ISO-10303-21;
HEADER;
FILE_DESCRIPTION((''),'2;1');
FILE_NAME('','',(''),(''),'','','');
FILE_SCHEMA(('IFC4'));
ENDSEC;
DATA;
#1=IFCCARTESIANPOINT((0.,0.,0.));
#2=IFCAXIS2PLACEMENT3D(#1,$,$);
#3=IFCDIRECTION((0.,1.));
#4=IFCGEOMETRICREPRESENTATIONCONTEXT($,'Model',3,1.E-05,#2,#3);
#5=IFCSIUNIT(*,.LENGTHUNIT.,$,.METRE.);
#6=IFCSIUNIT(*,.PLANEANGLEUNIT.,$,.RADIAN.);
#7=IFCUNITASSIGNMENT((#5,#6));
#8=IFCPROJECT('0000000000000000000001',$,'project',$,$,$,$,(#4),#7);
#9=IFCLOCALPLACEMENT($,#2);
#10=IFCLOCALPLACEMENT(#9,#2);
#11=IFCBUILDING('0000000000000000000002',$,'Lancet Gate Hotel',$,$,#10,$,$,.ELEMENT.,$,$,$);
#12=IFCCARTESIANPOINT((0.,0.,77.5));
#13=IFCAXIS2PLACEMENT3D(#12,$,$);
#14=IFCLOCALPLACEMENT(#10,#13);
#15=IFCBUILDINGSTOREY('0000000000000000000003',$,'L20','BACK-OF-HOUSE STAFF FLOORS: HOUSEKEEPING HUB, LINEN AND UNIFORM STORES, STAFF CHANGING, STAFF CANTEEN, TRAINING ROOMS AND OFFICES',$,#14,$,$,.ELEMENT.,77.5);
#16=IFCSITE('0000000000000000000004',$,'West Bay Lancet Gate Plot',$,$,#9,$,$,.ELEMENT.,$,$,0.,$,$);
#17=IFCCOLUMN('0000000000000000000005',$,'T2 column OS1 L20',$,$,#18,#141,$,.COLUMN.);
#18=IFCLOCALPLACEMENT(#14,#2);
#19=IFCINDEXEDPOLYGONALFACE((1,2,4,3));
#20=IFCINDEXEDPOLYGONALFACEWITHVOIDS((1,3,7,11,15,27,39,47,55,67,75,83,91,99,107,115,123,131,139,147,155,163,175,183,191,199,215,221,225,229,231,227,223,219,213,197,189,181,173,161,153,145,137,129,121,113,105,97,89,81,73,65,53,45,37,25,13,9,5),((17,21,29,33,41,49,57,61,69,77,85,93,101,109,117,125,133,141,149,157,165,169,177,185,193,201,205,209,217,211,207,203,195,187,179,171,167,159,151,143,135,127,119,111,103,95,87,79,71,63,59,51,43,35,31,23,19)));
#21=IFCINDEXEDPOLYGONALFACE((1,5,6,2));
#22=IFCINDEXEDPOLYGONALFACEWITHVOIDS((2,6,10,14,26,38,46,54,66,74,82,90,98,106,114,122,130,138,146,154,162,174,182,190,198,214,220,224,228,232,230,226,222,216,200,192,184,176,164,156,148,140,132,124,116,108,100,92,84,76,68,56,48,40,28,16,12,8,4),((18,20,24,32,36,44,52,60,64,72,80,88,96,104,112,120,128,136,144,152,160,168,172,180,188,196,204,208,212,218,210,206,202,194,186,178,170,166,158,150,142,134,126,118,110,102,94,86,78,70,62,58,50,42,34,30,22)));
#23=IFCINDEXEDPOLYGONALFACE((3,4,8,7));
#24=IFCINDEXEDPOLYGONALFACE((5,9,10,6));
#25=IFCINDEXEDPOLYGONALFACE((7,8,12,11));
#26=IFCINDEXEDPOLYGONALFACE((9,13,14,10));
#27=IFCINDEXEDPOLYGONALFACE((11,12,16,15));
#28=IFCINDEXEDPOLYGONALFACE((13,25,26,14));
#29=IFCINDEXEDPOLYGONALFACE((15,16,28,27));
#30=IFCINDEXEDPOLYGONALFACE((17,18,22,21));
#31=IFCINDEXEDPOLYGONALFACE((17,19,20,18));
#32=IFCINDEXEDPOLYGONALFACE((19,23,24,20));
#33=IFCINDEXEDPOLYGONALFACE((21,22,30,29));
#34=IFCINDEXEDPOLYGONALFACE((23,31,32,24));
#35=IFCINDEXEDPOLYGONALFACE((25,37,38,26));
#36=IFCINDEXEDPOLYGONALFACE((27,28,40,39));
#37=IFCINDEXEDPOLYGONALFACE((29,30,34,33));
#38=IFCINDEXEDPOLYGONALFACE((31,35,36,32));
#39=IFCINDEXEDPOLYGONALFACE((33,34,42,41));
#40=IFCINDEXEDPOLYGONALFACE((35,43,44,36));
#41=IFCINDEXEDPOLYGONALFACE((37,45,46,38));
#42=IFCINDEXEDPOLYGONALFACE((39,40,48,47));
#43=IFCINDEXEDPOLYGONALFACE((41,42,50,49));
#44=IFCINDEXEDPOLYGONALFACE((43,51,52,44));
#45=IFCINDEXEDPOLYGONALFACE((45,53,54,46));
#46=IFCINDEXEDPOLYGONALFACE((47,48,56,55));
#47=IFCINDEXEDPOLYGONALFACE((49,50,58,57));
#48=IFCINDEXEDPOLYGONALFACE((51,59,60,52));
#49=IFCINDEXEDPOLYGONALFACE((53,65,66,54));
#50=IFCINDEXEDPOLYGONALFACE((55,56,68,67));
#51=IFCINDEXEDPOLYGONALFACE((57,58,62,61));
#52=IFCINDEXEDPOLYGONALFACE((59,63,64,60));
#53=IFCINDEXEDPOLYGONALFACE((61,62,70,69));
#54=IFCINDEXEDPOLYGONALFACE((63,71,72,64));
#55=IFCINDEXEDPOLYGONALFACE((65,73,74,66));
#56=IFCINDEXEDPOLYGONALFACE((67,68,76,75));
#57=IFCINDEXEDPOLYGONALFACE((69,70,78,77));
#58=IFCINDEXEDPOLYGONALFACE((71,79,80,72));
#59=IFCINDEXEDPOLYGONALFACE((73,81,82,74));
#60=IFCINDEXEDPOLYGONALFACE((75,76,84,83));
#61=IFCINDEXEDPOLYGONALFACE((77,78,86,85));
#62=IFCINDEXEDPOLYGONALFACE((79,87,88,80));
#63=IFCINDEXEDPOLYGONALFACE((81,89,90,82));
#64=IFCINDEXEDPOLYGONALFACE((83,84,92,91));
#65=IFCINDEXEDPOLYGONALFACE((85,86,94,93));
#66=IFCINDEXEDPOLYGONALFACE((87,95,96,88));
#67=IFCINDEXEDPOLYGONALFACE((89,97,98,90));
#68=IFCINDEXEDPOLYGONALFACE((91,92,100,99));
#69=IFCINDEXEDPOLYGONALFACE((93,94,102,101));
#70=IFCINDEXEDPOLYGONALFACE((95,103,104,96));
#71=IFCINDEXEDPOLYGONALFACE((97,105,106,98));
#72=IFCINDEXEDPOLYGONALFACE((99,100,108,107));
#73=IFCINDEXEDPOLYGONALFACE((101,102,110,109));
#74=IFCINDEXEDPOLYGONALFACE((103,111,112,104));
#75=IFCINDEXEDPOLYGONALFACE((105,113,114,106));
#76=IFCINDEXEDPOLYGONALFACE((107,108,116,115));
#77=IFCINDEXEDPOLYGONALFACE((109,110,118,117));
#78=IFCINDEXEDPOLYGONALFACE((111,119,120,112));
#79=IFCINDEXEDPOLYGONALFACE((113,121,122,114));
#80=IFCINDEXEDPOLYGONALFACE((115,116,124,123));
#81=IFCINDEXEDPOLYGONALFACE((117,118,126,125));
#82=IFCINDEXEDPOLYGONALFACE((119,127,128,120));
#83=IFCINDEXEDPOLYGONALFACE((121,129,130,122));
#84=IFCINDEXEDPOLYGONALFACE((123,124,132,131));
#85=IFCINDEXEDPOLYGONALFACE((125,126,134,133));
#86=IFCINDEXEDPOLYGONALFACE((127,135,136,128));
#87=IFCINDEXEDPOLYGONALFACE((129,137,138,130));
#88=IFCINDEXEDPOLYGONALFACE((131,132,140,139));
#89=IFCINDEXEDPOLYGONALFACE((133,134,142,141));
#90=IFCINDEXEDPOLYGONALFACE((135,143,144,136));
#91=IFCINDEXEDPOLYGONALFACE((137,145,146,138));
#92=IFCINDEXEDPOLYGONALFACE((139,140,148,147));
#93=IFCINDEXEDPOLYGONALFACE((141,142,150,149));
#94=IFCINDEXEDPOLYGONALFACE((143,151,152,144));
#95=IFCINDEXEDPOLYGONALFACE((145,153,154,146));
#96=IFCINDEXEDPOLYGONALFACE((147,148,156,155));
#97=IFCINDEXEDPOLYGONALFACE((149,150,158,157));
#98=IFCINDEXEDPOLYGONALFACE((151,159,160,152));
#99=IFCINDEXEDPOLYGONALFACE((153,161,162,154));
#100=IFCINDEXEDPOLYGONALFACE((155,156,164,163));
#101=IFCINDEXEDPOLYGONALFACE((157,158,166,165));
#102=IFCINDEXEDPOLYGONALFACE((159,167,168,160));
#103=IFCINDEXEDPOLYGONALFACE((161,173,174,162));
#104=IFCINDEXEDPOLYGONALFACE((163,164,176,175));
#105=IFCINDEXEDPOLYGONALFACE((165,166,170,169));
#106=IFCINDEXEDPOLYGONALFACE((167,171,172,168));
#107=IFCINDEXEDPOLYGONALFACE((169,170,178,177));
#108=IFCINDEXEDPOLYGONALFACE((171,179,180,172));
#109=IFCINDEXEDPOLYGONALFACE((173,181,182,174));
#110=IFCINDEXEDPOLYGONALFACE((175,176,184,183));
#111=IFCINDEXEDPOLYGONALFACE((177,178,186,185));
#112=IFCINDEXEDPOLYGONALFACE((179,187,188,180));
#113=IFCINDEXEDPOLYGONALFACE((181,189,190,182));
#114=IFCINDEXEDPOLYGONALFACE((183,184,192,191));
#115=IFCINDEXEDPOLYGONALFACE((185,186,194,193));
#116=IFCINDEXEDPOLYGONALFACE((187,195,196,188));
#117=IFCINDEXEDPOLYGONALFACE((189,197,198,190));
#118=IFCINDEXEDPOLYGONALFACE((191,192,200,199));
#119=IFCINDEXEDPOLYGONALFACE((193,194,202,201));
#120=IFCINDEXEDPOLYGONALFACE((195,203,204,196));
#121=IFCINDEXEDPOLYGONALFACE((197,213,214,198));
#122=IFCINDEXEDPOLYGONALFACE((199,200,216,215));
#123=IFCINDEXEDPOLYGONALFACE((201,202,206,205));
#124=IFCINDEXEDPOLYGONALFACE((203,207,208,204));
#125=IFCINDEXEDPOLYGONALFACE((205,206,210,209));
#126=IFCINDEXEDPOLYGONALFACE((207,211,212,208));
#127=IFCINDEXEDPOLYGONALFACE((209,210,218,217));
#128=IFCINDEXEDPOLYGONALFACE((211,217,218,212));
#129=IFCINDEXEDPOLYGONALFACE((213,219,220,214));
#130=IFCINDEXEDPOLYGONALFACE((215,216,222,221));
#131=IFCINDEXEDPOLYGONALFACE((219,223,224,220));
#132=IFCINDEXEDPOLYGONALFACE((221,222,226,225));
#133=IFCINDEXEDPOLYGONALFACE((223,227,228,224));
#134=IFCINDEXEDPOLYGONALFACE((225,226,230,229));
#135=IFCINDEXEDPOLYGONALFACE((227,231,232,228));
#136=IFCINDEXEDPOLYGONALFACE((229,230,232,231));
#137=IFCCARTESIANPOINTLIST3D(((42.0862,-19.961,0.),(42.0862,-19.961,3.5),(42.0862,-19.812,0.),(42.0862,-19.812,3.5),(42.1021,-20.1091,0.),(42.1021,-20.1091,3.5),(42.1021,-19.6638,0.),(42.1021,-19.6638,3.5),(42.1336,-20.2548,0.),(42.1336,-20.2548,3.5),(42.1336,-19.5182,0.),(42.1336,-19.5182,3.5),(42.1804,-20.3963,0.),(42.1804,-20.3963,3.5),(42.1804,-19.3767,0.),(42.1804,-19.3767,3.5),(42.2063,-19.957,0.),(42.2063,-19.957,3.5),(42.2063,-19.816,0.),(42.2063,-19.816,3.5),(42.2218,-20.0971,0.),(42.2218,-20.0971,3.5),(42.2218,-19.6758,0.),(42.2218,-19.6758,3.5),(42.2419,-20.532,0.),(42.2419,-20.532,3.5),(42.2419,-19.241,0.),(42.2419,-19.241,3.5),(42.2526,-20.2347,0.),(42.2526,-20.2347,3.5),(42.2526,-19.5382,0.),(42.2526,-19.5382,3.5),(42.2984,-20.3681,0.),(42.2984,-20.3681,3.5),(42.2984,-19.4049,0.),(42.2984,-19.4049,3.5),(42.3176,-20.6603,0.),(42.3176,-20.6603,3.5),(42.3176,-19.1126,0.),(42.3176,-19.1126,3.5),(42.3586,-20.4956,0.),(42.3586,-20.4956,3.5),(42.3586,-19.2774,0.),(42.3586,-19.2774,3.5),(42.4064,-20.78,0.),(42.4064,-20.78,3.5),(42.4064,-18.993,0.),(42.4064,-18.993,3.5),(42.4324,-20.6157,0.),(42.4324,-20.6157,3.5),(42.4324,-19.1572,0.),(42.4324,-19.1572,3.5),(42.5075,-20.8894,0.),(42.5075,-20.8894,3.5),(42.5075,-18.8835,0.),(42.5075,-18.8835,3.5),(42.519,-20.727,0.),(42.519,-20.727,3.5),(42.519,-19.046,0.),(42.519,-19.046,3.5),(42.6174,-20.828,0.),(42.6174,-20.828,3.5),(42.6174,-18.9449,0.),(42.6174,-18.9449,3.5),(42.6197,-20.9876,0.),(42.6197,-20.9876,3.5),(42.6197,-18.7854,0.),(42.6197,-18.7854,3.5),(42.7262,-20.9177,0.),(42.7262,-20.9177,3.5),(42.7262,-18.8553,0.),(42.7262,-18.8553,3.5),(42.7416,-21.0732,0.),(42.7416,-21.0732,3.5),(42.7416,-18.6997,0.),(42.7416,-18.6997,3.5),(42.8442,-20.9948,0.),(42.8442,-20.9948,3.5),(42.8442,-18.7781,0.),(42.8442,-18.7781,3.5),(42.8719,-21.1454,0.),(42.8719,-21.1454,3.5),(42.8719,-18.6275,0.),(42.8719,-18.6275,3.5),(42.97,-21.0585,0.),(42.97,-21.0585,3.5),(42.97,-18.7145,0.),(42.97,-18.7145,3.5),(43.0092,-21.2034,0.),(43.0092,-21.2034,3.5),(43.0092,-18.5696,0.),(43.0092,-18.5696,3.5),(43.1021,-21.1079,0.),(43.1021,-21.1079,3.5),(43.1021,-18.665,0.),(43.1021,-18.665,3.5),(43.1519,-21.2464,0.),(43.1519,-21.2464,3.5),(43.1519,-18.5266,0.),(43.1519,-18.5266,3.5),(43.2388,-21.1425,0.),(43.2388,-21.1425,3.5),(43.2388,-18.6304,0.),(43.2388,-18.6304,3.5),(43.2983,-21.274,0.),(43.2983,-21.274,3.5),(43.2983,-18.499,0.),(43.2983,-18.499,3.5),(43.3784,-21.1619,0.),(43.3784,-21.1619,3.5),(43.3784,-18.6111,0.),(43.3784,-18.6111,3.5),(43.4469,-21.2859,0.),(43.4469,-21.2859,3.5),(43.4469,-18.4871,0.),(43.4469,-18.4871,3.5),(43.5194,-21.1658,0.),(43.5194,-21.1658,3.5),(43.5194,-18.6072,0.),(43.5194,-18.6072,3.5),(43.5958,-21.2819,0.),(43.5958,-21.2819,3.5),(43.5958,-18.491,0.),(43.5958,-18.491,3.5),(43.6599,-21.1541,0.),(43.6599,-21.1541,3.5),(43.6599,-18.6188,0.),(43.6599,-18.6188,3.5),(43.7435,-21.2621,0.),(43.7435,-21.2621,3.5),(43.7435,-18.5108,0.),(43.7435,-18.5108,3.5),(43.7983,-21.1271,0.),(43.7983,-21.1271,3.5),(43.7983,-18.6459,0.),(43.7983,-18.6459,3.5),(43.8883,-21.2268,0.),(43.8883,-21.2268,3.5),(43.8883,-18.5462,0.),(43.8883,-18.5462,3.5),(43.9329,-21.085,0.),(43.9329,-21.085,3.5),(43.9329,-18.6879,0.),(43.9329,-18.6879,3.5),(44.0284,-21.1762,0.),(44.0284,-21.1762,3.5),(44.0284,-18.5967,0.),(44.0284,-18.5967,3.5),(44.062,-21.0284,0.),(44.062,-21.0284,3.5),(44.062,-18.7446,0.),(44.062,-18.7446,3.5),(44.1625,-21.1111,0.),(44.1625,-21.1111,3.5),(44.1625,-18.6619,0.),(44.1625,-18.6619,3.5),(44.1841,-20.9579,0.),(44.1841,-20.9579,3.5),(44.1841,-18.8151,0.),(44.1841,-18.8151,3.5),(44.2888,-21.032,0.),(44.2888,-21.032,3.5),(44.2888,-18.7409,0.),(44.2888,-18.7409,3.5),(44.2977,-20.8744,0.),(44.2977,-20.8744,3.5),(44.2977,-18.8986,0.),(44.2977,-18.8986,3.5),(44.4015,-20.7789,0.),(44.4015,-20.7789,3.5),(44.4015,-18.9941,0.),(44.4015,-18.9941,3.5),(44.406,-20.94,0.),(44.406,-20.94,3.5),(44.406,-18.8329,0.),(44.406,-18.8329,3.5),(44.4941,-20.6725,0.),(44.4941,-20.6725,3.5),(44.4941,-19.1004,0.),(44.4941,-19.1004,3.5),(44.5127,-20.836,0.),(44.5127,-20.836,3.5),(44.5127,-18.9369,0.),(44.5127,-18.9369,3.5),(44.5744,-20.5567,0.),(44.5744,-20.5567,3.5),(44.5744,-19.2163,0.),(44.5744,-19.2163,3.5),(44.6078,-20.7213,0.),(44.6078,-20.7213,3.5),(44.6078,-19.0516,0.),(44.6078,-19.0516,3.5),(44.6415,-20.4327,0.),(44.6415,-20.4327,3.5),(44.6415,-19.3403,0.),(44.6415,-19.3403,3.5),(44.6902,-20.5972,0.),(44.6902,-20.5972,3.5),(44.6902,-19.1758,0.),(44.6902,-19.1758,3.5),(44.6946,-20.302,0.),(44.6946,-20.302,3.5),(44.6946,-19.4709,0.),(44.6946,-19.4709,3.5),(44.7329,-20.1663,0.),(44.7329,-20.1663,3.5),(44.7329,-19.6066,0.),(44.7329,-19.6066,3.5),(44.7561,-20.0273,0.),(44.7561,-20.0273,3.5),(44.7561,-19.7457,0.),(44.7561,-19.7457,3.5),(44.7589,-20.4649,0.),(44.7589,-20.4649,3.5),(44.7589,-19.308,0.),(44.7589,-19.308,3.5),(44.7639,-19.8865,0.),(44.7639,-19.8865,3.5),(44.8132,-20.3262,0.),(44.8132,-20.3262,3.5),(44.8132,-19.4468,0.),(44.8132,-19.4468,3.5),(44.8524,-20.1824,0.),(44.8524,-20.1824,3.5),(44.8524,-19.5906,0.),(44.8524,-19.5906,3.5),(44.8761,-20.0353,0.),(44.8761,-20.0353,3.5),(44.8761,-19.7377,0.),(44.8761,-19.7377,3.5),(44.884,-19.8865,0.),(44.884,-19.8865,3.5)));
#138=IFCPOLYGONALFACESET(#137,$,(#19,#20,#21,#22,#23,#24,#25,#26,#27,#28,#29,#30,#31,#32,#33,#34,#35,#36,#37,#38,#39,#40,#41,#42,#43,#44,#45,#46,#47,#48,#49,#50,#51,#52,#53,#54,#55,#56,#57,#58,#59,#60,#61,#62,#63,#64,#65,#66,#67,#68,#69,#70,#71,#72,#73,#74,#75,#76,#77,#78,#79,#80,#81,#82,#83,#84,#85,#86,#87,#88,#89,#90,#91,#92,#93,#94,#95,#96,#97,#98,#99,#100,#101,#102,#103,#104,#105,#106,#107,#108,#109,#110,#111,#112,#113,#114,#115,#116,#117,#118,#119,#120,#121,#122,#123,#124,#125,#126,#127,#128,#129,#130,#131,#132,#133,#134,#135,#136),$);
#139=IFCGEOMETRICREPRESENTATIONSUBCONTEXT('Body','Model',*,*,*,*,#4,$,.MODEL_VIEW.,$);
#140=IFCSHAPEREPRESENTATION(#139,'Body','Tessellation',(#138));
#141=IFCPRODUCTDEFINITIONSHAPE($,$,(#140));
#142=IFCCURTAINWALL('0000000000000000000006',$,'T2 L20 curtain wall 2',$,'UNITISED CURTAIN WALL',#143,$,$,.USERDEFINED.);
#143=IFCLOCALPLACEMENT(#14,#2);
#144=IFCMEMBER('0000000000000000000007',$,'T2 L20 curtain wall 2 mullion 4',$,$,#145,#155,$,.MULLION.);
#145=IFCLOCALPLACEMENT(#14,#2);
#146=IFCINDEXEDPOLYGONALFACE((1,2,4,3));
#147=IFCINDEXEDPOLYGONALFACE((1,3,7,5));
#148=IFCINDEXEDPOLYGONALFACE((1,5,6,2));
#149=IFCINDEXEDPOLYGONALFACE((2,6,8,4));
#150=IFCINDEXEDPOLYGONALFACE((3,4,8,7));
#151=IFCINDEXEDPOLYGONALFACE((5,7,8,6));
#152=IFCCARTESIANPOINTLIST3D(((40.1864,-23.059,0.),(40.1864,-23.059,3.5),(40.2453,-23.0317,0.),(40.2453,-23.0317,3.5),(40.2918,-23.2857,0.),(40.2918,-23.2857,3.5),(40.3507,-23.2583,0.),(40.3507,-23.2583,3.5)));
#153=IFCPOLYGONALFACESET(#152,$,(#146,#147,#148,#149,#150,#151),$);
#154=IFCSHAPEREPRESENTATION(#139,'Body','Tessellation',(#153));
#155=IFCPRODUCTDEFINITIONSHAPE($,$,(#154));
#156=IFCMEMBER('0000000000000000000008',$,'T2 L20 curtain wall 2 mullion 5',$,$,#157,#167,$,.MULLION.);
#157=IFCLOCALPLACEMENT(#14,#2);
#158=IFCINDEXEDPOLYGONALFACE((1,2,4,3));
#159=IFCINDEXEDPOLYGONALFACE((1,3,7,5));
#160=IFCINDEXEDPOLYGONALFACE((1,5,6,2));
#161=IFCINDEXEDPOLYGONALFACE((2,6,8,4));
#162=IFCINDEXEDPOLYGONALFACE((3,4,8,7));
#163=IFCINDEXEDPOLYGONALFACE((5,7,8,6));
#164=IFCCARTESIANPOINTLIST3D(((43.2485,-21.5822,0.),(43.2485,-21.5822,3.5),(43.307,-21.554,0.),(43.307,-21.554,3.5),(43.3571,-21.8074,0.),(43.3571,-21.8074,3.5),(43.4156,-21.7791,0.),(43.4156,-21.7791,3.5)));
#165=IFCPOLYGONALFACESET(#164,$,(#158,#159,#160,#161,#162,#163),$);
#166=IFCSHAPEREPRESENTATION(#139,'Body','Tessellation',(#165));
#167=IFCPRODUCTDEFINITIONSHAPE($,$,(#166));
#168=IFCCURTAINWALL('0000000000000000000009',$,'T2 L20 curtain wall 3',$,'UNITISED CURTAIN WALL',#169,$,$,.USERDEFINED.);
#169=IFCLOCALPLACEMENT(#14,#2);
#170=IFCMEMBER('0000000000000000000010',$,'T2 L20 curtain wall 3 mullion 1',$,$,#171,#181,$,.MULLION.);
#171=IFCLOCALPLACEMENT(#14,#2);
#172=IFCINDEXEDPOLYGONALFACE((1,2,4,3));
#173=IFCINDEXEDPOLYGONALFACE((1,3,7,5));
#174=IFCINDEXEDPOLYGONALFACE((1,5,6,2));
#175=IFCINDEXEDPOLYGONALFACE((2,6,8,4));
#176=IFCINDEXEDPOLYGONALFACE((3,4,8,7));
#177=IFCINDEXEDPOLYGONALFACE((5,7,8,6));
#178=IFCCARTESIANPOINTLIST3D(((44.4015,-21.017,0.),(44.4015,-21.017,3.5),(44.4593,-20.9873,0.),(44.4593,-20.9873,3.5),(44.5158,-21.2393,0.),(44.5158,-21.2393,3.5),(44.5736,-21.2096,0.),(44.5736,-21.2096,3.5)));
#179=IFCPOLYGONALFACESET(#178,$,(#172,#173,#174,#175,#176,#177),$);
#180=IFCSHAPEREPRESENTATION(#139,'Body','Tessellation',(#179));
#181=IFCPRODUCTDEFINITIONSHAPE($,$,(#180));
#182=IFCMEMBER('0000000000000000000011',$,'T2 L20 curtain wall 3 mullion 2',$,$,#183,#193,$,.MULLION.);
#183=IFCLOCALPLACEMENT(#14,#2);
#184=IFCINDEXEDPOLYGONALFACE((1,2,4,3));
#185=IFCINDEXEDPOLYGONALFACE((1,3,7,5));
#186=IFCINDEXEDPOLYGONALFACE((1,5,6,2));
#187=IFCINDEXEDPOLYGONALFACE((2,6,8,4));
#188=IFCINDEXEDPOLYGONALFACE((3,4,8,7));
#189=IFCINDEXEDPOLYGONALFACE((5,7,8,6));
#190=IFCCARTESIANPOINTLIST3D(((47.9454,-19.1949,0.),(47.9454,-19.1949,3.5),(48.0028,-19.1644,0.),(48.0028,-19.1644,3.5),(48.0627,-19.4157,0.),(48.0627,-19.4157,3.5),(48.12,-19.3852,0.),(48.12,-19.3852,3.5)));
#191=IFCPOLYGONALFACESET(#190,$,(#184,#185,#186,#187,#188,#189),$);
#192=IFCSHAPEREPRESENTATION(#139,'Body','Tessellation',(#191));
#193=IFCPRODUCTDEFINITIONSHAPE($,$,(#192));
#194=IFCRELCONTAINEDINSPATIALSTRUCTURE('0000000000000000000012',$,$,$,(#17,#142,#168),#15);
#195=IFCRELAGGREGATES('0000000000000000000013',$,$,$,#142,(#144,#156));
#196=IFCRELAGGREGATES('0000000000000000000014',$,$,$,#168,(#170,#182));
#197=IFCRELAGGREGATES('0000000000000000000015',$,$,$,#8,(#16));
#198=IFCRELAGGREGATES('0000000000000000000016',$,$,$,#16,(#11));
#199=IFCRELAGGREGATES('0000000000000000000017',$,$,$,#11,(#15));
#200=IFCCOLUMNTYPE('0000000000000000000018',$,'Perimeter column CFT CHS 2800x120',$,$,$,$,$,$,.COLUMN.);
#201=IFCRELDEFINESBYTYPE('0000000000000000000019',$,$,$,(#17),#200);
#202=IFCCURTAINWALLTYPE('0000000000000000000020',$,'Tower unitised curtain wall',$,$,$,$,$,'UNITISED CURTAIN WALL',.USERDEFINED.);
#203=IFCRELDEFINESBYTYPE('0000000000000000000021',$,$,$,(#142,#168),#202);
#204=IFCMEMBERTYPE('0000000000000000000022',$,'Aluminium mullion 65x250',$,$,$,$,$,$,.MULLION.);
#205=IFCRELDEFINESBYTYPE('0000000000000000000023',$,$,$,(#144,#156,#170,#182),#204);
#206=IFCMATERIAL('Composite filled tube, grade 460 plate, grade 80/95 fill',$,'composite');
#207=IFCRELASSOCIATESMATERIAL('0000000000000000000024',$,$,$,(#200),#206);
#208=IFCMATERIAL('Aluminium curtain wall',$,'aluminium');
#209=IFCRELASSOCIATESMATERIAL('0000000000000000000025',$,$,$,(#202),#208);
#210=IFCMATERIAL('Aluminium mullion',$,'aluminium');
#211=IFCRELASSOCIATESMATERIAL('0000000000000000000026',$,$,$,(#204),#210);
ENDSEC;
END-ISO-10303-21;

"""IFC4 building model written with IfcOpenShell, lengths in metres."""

from ifc_helpers import new_model, si_unit, direction, frame, origin, origin_2d, place, context, subcontext, project, spatial, rectangle, hollow_circle, extrude, material, material_profile, profile_set, type_object, element, aggregate, save


model = new_model("IFC4")

# Units and contexts
model_context = context("Model", 3, precision=1e-05, world=origin(), true_north=direction((0.0, 1.0)))
body_context = subcontext(model_context, "Body", "Model", "MODEL_VIEW")
ifc_project = project(units=[si_unit("LENGTHUNIT", "METRE"), si_unit("PLANEANGLEUNIT", "RADIAN")], contexts=[model_context])

# Site, building, storey
site_placement = place(None, origin())
site = spatial("IfcSite", under=ifc_project, at=site_placement, Name="West Bay Lancet Gate Plot", CompositionType="ELEMENT", RefElevation=0.0)
building_placement = place(site_placement, origin())
building = spatial("IfcBuilding", under=site, at=building_placement, Name="Lancet Gate Hotel", CompositionType="ELEMENT")
storey_placement = place(building_placement, frame((0.0, 0.0, 77.5)))
storey = spatial("IfcBuildingStorey", under=building, at=storey_placement, Name="L20", Description="BACK-OF-HOUSE STAFF FLOORS: HOUSEKEEPING HUB, LINEN AND UNIFORM STORES, STAFF CHANGING, STAFF CANTEEN, TRAINING ROOMS AND OFFICES", CompositionType="ELEMENT", Elevation=77.5)

# Column
ifc_material_1 = material(Name="Composite filled tube, grade 460 plate, grade 80/95 fill", Category="composite")
ifc_material_profile_1 = material_profile(ifc_material_1, hollow_circle(Radius=1.3999, WallThickness=0.1201, at=origin_2d()), Name="CHS 2800x120")
ifc_profile_set_1 = profile_set([ifc_material_profile_1], Name="Composite filled tube, grade 460 plate, grade 80/95 fill")
column_type = type_object("IfcColumnType", Name="Perimeter column CFT CHS 2800x120", PredefinedType="COLUMN", material=ifc_profile_set_1)
column_placement = place(storey_placement, frame((43.4841, -19.8865, 0.0), z_axis=(0.0, 0.0, 1.0), x_axis=(1.0, 0.0, 0.0)))
element("IfcColumn", 1, at=column_placement, inside=storey, type_object=column_type, Name="T2 column OS1 L20", PredefinedType="COLUMN", context=body_context, shape_type="SweptSolid", body=[
    extrude(hollow_circle(Radius=1.3999, WallThickness=0.1201, at=origin_2d()), origin(), (0.0, 0.0, 1.0), 3.5),
])

# Curtain walls, members
ifc_material_2 = material(Name="Aluminium curtain wall", Category="aluminium")
curtain_wall_type = type_object("IfcCurtainWallType", Name="Tower unitised curtain wall", ElementType="UNITISED CURTAIN WALL", PredefinedType="USERDEFINED", material=ifc_material_2)
curtain_wall_1_placement = place(storey_placement, origin())
curtain_wall_1 = element("IfcCurtainWall", 2, at=curtain_wall_1_placement, inside=storey, type_object=curtain_wall_type, Name="T2 L20 curtain wall 2", ObjectType="UNITISED CURTAIN WALL", PredefinedType="USERDEFINED")
ifc_material_3 = material(Name="Aluminium mullion", Category="aluminium")
ifc_material_profile_2 = material_profile(ifc_material_3, rectangle(XDim=0.0649, YDim=0.25, at=origin_2d()), Name="MULLION 65x250")
ifc_profile_set_2 = profile_set([ifc_material_profile_2], Name="Aluminium mullion")
member_type_1 = type_object("IfcMemberType", Name="Aluminium mullion 65x250", PredefinedType="MULLION", material=ifc_profile_set_2)
member_1_placement = place(storey_placement, frame((40.2686, -23.1587, 0.0), z_axis=(0.0, 0.0, 1.0), x_axis=(0.906755, 0.421657, 0.0)))
member_1 = element("IfcMember", 3, at=member_1_placement, type_object=member_type_1, Name="T2 L20 curtain wall 2 mullion 4", PredefinedType="MULLION", context=body_context, shape_type="SweptSolid", body=[
    extrude(rectangle(XDim=0.0649, YDim=0.25, at=origin_2d()), origin(), (0.0, 0.0, 1.0), 3.5),
])
member_2_placement = place(storey_placement, frame((43.332, -21.6807, 0.0), z_axis=(0.0, 0.0, 1.0), x_axis=(0.900647, 0.43455, 0.0)))
member_2 = element("IfcMember", 4, at=member_2_placement, type_object=member_type_1, Name="T2 L20 curtain wall 2 mullion 5", PredefinedType="MULLION", context=body_context, shape_type="SweptSolid", body=[
    extrude(rectangle(XDim=0.0649, YDim=0.25, at=origin_2d()), origin(), (0.0, 0.0, 1.0), 3.5),
])
curtain_wall_2_placement = place(storey_placement, origin())
curtain_wall_2 = element("IfcCurtainWall", 5, at=curtain_wall_2_placement, inside=storey, type_object=curtain_wall_type, Name="T2 L20 curtain wall 3", ObjectType="UNITISED CURTAIN WALL", PredefinedType="USERDEFINED")
member_3_placement = place(storey_placement, frame((44.4875, -21.1133, 0.0), z_axis=(0.0, 0.0, 1.0), x_axis=(0.889296, 0.457332, 0.0)))
member_3 = element("IfcMember", 6, at=member_3_placement, type_object=member_type_1, Name="T2 L20 curtain wall 3 mullion 1", PredefinedType="MULLION", context=body_context, shape_type="SweptSolid", body=[
    extrude(rectangle(XDim=0.0649, YDim=0.25, at=origin_2d()), origin(), (0.0, 0.0, 1.0), 3.5),
])
member_4_placement = place(storey_placement, frame((48.0327, -19.29, 0.0), z_axis=(0.0, 0.0, 1.0), x_axis=(0.883152, 0.469087, 0.0)))
member_4 = element("IfcMember", 7, at=member_4_placement, type_object=member_type_1, Name="T2 L20 curtain wall 3 mullion 2", PredefinedType="MULLION", context=body_context, shape_type="SweptSolid", body=[
    extrude(rectangle(XDim=0.0649, YDim=0.25, at=origin_2d()), origin(), (0.0, 0.0, 1.0), 3.5),
])

aggregate(curtain_wall_1, [member_1, member_2])
aggregate(curtain_wall_2, [member_3, member_4])

save(model, "model.ifc")
